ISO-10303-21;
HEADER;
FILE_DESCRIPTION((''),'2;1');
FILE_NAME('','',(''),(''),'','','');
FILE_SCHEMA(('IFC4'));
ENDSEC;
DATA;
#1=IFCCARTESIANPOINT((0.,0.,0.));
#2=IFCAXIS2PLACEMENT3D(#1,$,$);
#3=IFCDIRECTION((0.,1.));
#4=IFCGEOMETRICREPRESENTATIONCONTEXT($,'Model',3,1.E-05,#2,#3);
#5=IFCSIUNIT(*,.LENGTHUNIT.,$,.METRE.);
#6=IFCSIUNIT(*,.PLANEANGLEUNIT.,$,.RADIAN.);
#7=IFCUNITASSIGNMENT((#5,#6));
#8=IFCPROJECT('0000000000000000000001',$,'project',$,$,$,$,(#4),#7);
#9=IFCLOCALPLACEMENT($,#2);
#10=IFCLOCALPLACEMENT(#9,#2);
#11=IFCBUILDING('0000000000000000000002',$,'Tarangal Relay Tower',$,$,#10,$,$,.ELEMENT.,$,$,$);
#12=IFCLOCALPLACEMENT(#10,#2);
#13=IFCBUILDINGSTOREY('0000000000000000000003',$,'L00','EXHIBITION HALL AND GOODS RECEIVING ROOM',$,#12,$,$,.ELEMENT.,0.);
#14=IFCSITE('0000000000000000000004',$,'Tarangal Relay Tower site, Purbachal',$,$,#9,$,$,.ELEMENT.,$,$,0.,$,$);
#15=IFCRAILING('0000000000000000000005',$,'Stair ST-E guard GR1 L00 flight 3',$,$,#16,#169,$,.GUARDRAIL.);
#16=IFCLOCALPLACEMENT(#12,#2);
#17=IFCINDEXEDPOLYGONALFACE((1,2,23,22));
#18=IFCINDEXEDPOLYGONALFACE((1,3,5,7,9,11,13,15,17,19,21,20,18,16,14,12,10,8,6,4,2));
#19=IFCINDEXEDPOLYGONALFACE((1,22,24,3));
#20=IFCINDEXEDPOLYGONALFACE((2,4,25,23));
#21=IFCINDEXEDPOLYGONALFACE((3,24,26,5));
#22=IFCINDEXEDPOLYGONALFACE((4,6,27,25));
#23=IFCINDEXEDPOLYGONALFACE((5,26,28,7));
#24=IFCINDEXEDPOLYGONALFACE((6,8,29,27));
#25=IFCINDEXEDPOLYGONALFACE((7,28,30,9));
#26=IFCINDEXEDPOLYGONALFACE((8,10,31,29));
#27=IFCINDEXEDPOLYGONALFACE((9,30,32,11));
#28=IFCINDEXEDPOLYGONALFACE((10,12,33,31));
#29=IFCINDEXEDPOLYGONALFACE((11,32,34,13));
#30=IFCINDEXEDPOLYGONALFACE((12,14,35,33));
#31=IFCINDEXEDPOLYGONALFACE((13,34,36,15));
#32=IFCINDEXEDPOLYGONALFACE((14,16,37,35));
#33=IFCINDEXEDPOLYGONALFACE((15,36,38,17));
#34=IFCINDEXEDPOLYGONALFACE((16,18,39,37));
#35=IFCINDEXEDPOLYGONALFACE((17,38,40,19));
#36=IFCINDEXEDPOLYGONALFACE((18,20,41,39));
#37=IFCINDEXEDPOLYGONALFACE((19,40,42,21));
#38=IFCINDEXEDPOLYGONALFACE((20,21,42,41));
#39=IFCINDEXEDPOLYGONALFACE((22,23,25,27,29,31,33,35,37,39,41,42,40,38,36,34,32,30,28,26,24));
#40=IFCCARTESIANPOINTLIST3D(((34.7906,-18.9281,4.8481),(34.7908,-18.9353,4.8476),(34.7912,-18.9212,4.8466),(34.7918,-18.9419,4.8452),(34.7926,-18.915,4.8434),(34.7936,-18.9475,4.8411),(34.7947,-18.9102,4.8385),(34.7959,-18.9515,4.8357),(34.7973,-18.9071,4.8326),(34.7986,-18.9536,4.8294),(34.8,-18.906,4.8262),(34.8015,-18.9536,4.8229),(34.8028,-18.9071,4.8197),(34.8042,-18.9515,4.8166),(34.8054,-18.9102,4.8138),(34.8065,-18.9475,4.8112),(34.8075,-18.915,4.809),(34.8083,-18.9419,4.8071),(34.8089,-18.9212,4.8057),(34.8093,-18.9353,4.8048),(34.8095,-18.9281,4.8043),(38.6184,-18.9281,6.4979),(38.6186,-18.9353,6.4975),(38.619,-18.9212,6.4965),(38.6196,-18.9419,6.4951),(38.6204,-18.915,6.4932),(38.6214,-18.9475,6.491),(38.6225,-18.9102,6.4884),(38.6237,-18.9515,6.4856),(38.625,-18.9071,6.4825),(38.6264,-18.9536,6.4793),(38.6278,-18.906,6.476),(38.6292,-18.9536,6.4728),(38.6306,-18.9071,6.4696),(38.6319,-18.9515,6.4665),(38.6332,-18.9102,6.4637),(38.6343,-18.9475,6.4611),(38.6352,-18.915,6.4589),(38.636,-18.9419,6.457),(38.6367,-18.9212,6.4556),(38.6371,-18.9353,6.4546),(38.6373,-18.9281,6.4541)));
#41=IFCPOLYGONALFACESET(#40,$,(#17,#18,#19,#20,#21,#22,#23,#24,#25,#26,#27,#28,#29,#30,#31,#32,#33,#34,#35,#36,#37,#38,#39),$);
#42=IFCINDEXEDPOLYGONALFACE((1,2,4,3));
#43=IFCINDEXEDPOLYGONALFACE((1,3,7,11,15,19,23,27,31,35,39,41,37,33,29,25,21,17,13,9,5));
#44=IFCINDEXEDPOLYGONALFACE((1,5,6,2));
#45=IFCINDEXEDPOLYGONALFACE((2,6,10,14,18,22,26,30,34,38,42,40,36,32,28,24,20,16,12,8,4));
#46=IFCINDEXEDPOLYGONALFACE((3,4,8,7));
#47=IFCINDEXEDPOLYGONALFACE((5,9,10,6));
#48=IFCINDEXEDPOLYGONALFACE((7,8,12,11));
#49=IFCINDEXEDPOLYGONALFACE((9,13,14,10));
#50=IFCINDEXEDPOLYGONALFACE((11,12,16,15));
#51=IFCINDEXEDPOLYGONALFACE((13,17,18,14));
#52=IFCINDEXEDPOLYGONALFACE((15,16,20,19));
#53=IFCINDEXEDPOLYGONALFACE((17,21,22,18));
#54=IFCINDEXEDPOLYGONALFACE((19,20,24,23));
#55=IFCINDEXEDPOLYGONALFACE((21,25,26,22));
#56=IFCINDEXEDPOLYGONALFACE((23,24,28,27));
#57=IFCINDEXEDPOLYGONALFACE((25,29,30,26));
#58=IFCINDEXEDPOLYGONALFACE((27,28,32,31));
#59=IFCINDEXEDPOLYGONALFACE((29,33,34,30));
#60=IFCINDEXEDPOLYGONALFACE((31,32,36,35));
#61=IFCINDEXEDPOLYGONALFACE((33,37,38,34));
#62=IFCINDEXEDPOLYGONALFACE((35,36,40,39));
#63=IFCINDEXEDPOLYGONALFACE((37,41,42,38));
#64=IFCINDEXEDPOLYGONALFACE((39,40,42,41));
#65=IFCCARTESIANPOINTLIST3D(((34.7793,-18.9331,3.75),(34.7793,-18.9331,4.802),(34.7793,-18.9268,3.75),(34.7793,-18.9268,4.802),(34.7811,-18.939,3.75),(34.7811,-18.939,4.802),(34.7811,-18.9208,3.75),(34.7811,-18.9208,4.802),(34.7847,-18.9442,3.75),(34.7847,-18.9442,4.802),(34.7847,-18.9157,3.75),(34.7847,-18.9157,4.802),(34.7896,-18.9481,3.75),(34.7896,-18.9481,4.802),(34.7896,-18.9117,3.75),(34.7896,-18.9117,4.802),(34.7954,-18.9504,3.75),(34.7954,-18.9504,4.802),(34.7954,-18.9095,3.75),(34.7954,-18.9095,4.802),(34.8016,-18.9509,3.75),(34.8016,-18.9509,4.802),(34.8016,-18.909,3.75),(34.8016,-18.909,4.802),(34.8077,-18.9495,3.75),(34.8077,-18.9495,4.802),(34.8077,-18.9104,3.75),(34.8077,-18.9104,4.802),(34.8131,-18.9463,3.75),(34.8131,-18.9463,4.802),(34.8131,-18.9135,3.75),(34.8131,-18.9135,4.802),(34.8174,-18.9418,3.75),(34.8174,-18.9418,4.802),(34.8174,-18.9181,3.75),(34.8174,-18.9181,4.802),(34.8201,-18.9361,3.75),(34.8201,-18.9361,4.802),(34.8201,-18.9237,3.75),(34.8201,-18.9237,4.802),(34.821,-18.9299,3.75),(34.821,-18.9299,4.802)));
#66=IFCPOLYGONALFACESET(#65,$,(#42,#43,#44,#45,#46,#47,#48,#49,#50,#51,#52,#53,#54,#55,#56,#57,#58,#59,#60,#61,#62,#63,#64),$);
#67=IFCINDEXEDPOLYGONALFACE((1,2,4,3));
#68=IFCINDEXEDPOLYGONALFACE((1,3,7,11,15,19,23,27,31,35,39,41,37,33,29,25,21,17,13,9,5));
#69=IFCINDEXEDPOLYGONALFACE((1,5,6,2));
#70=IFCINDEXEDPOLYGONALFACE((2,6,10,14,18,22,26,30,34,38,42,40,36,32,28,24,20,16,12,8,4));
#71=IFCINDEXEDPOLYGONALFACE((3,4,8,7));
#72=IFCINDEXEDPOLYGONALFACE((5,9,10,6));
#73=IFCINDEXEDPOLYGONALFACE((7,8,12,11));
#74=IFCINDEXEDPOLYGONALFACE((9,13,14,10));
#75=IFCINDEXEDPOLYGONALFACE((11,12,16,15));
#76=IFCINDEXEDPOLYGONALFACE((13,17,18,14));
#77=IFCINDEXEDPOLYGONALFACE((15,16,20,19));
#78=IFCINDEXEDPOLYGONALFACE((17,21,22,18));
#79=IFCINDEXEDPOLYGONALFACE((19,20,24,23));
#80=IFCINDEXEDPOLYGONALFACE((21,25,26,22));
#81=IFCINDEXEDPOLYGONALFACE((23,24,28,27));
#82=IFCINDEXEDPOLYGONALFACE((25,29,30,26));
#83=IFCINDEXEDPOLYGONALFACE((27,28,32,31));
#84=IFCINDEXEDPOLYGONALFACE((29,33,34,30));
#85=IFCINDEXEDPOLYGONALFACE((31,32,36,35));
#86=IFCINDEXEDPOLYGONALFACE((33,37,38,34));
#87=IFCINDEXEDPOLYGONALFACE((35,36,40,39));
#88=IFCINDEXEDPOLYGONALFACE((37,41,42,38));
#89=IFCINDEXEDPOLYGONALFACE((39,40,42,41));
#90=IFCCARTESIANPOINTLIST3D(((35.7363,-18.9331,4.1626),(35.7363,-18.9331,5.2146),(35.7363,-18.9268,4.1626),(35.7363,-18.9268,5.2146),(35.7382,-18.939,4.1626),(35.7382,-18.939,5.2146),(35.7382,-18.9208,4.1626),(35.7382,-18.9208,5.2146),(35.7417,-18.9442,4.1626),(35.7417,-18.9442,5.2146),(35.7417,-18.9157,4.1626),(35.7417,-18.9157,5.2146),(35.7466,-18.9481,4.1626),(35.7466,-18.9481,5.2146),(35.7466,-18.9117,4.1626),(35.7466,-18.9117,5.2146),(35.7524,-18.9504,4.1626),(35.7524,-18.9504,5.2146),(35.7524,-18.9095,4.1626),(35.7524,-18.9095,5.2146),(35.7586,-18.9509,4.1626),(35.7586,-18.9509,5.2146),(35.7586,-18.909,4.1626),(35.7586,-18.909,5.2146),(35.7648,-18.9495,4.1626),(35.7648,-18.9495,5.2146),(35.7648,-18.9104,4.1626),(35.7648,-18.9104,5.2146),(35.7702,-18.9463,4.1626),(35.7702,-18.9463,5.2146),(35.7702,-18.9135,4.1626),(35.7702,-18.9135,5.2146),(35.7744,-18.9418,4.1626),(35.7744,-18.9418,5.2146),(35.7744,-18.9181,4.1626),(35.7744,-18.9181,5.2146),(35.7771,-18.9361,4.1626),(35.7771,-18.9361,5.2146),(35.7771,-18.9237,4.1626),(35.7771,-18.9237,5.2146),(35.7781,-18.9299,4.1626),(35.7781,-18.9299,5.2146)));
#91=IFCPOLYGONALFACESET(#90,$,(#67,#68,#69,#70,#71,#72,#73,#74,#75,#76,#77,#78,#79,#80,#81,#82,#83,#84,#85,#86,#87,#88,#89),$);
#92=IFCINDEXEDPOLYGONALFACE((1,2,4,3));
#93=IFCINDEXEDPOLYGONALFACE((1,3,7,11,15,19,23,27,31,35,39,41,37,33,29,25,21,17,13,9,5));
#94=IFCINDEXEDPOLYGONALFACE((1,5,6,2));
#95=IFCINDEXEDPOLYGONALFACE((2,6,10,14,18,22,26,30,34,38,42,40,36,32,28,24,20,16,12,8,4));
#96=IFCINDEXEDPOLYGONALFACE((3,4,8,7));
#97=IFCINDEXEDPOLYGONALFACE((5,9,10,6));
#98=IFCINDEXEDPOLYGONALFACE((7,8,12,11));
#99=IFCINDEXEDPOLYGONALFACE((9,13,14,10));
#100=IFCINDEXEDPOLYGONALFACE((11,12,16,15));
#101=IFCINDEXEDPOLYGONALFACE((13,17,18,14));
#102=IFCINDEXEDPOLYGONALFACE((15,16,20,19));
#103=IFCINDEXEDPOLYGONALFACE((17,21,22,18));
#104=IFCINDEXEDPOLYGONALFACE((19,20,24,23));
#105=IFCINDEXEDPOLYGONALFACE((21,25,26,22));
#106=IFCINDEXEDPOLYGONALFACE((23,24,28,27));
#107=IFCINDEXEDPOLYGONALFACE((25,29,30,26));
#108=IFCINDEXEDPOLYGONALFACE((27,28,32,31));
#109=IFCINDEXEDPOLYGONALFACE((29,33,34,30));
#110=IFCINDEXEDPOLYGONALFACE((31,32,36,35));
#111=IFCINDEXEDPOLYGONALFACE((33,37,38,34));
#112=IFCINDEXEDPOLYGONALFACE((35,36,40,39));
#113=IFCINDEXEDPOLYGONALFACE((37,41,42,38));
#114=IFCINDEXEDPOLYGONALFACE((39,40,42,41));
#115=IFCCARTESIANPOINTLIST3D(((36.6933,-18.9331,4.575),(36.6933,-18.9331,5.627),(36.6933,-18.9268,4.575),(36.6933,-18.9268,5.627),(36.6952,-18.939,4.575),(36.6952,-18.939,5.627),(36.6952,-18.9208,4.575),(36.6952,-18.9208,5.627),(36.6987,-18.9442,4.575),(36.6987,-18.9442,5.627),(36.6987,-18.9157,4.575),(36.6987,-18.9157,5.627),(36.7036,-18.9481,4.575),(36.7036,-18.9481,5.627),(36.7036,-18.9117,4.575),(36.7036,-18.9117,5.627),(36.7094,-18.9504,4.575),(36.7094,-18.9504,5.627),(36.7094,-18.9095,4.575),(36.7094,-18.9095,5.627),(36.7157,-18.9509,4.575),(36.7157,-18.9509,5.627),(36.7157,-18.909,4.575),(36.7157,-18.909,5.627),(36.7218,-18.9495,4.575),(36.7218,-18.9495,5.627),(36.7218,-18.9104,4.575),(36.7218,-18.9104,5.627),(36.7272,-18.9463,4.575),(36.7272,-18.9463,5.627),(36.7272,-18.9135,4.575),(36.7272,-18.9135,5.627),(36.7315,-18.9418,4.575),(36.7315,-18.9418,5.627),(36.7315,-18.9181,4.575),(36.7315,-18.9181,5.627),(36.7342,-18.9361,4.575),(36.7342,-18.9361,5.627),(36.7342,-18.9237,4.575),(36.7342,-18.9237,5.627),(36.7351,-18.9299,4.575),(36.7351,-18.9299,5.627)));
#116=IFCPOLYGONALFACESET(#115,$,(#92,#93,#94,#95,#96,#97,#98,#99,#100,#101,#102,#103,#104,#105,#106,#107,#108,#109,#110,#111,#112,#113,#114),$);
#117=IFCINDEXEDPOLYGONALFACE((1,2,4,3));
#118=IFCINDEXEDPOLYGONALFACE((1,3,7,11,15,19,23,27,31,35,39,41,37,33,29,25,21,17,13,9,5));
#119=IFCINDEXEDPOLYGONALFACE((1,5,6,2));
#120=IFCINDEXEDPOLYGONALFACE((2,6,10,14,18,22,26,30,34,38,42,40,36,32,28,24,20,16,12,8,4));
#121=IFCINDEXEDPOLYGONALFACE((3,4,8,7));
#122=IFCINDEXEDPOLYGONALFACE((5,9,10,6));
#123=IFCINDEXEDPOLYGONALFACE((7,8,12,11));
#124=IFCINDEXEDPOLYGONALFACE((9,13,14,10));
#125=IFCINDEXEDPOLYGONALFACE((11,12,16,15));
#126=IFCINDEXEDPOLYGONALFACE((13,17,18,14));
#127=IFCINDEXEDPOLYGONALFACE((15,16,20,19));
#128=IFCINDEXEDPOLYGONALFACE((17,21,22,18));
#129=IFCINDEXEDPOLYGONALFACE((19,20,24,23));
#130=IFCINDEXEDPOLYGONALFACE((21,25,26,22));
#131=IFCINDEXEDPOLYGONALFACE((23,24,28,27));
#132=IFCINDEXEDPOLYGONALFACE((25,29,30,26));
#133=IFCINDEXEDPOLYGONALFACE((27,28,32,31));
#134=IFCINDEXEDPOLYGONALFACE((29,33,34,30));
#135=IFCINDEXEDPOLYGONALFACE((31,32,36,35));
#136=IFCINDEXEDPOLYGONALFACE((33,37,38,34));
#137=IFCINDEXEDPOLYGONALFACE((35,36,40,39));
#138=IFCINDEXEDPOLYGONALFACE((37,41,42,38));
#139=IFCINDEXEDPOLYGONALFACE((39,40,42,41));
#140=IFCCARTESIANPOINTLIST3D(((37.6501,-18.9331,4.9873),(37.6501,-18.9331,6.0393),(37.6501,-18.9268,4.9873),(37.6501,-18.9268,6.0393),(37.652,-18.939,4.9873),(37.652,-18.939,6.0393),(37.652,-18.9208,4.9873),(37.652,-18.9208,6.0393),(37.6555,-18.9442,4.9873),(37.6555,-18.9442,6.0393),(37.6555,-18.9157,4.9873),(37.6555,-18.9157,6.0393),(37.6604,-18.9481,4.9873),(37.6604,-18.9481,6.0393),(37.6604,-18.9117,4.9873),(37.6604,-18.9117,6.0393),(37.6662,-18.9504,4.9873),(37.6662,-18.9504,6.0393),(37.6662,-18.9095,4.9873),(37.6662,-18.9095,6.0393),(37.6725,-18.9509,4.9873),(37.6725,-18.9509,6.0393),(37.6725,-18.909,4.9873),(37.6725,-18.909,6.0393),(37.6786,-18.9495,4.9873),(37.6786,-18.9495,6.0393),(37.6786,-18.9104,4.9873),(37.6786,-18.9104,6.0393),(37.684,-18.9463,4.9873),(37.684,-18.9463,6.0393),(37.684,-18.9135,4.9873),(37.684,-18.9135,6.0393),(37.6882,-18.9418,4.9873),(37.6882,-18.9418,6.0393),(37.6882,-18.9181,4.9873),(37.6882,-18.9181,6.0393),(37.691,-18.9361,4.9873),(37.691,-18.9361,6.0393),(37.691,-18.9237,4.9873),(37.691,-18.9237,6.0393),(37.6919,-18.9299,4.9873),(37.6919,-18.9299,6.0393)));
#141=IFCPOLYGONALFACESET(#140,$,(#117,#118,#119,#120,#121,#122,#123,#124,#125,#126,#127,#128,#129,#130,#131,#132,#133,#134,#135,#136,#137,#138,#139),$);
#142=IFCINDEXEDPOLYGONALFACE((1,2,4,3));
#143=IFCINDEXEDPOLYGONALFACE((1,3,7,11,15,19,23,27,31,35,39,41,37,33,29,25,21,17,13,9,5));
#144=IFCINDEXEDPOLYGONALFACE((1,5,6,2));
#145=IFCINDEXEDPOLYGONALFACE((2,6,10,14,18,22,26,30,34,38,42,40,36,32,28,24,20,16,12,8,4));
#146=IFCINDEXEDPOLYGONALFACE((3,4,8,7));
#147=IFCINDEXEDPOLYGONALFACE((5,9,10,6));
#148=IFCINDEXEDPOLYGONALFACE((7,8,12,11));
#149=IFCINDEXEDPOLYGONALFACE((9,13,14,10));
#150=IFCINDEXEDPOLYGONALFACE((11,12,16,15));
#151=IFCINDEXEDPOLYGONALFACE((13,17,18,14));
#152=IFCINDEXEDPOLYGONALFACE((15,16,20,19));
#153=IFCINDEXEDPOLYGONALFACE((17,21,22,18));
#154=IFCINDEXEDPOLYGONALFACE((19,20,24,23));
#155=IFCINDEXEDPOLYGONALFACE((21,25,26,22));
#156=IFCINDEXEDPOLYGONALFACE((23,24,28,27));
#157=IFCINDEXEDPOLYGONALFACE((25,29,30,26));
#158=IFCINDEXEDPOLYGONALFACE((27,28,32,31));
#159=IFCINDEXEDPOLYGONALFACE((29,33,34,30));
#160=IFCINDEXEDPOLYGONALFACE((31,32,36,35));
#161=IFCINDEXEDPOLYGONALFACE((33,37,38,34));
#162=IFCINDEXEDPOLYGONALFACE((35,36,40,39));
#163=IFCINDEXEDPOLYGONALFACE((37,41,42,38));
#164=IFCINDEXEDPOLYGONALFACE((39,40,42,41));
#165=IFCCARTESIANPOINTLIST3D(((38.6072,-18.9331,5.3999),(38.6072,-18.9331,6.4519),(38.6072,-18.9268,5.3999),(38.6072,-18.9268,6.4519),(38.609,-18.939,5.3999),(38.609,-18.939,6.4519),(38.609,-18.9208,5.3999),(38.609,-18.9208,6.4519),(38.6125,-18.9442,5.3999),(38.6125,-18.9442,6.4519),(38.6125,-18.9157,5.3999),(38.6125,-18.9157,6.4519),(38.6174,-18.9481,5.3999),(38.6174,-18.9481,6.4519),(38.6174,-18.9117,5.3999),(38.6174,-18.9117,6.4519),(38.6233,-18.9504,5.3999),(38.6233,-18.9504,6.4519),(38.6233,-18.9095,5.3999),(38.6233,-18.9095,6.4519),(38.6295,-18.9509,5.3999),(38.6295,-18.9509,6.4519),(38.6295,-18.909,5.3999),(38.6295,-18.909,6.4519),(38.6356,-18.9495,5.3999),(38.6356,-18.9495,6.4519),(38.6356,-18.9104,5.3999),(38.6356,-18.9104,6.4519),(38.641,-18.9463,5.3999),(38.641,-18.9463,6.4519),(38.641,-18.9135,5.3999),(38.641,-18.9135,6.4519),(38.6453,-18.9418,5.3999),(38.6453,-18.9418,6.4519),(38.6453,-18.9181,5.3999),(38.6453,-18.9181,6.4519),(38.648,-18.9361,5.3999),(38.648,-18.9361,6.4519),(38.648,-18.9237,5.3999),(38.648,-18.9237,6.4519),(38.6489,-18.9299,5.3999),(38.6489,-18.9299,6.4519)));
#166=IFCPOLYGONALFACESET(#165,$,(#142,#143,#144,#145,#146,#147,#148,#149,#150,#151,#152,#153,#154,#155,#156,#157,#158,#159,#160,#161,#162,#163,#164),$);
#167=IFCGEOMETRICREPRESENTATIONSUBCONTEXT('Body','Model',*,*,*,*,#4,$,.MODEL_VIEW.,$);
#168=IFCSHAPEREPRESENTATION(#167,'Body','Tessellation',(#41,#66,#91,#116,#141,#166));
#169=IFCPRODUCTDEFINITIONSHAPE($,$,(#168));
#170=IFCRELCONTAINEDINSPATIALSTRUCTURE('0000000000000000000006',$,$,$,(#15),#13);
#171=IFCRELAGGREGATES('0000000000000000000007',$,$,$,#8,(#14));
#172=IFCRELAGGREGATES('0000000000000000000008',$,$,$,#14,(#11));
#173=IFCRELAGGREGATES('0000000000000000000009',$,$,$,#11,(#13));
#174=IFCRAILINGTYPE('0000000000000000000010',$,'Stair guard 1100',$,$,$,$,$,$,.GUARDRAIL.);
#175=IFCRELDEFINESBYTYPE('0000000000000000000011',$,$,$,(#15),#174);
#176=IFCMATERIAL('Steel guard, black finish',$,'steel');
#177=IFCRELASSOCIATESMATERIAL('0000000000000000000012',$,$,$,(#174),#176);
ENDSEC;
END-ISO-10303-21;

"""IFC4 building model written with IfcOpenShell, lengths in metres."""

from ifc_helpers import new_model, si_unit, direction, frame, origin, origin_2d, place, context, subcontext, project, spatial, circle, extrude, material, type_object, element, save


model = new_model("IFC4")

# Units and contexts
model_context = context("Model", 3, precision=1e-05, world=origin(), true_north=direction((0.0, 1.0)))
body_context = subcontext(model_context, "Body", "Model", "MODEL_VIEW")
ifc_project = project(units=[si_unit("LENGTHUNIT", "METRE"), si_unit("PLANEANGLEUNIT", "RADIAN")], contexts=[model_context])

# Site, building, storey
site_placement = place(None, origin())
site = spatial("IfcSite", under=ifc_project, at=site_placement, Name="Tarangal Relay Tower site, Purbachal", CompositionType="ELEMENT", RefElevation=0.0)
building_placement = place(site_placement, origin())
building = spatial("IfcBuilding", under=site, at=building_placement, Name="Tarangal Relay Tower", CompositionType="ELEMENT")
storey_placement = place(building_placement, origin())
storey = spatial("IfcBuildingStorey", under=building, at=storey_placement, Name="L00", Description="EXHIBITION HALL AND GOODS RECEIVING ROOM", CompositionType="ELEMENT", Elevation=0.0)

# Railing
ifc_material_1 = material(Name="Steel guard, black finish", Category="steel")
railing_type = type_object("IfcRailingType", Name="Stair guard 1100", PredefinedType="GUARDRAIL", material=ifc_material_1)
railing_1_placement = place(storey_placement, frame((34.8, -18.9299, 3.75)))
element("IfcRailing", 1, at=railing_1_placement, inside=storey, type_object=railing_type, Name="Stair ST-E guard GR1 L00 flight 3", PredefinedType="GUARDRAIL", context=body_context, shape_type="SweptSolid", body=[
    extrude(circle(Radius=0.0239, at=origin_2d()), frame((0.0, 0.0, 1.0762), z_axis=(0.918328, 0.0, 0.39582), x_axis=(0.0, 1.0, 0.0)), (0.0, 0.0, 1.0), 4.1682),
    extrude(circle(Radius=0.021, at=origin_2d()), origin(), (0.0, 0.0, 1.0), 1.052),
    extrude(circle(Radius=0.021, at=origin_2d()), frame((0.957, 0.0, 0.4126)), (0.0, 0.0, 1.0), 1.052),
    extrude(circle(Radius=0.021, at=origin_2d()), frame((1.9141, 0.0, 0.825)), (0.0, 0.0, 1.0), 1.052),
    extrude(circle(Radius=0.021, at=origin_2d()), frame((2.8708, 0.0, 1.2373)), (0.0, 0.0, 1.0), 1.052),
    extrude(circle(Radius=0.021, at=origin_2d()), frame((3.8279, 0.0, 1.6499)), (0.0, 0.0, 1.0), 1.052),
])

save(model, "model.ifc")
